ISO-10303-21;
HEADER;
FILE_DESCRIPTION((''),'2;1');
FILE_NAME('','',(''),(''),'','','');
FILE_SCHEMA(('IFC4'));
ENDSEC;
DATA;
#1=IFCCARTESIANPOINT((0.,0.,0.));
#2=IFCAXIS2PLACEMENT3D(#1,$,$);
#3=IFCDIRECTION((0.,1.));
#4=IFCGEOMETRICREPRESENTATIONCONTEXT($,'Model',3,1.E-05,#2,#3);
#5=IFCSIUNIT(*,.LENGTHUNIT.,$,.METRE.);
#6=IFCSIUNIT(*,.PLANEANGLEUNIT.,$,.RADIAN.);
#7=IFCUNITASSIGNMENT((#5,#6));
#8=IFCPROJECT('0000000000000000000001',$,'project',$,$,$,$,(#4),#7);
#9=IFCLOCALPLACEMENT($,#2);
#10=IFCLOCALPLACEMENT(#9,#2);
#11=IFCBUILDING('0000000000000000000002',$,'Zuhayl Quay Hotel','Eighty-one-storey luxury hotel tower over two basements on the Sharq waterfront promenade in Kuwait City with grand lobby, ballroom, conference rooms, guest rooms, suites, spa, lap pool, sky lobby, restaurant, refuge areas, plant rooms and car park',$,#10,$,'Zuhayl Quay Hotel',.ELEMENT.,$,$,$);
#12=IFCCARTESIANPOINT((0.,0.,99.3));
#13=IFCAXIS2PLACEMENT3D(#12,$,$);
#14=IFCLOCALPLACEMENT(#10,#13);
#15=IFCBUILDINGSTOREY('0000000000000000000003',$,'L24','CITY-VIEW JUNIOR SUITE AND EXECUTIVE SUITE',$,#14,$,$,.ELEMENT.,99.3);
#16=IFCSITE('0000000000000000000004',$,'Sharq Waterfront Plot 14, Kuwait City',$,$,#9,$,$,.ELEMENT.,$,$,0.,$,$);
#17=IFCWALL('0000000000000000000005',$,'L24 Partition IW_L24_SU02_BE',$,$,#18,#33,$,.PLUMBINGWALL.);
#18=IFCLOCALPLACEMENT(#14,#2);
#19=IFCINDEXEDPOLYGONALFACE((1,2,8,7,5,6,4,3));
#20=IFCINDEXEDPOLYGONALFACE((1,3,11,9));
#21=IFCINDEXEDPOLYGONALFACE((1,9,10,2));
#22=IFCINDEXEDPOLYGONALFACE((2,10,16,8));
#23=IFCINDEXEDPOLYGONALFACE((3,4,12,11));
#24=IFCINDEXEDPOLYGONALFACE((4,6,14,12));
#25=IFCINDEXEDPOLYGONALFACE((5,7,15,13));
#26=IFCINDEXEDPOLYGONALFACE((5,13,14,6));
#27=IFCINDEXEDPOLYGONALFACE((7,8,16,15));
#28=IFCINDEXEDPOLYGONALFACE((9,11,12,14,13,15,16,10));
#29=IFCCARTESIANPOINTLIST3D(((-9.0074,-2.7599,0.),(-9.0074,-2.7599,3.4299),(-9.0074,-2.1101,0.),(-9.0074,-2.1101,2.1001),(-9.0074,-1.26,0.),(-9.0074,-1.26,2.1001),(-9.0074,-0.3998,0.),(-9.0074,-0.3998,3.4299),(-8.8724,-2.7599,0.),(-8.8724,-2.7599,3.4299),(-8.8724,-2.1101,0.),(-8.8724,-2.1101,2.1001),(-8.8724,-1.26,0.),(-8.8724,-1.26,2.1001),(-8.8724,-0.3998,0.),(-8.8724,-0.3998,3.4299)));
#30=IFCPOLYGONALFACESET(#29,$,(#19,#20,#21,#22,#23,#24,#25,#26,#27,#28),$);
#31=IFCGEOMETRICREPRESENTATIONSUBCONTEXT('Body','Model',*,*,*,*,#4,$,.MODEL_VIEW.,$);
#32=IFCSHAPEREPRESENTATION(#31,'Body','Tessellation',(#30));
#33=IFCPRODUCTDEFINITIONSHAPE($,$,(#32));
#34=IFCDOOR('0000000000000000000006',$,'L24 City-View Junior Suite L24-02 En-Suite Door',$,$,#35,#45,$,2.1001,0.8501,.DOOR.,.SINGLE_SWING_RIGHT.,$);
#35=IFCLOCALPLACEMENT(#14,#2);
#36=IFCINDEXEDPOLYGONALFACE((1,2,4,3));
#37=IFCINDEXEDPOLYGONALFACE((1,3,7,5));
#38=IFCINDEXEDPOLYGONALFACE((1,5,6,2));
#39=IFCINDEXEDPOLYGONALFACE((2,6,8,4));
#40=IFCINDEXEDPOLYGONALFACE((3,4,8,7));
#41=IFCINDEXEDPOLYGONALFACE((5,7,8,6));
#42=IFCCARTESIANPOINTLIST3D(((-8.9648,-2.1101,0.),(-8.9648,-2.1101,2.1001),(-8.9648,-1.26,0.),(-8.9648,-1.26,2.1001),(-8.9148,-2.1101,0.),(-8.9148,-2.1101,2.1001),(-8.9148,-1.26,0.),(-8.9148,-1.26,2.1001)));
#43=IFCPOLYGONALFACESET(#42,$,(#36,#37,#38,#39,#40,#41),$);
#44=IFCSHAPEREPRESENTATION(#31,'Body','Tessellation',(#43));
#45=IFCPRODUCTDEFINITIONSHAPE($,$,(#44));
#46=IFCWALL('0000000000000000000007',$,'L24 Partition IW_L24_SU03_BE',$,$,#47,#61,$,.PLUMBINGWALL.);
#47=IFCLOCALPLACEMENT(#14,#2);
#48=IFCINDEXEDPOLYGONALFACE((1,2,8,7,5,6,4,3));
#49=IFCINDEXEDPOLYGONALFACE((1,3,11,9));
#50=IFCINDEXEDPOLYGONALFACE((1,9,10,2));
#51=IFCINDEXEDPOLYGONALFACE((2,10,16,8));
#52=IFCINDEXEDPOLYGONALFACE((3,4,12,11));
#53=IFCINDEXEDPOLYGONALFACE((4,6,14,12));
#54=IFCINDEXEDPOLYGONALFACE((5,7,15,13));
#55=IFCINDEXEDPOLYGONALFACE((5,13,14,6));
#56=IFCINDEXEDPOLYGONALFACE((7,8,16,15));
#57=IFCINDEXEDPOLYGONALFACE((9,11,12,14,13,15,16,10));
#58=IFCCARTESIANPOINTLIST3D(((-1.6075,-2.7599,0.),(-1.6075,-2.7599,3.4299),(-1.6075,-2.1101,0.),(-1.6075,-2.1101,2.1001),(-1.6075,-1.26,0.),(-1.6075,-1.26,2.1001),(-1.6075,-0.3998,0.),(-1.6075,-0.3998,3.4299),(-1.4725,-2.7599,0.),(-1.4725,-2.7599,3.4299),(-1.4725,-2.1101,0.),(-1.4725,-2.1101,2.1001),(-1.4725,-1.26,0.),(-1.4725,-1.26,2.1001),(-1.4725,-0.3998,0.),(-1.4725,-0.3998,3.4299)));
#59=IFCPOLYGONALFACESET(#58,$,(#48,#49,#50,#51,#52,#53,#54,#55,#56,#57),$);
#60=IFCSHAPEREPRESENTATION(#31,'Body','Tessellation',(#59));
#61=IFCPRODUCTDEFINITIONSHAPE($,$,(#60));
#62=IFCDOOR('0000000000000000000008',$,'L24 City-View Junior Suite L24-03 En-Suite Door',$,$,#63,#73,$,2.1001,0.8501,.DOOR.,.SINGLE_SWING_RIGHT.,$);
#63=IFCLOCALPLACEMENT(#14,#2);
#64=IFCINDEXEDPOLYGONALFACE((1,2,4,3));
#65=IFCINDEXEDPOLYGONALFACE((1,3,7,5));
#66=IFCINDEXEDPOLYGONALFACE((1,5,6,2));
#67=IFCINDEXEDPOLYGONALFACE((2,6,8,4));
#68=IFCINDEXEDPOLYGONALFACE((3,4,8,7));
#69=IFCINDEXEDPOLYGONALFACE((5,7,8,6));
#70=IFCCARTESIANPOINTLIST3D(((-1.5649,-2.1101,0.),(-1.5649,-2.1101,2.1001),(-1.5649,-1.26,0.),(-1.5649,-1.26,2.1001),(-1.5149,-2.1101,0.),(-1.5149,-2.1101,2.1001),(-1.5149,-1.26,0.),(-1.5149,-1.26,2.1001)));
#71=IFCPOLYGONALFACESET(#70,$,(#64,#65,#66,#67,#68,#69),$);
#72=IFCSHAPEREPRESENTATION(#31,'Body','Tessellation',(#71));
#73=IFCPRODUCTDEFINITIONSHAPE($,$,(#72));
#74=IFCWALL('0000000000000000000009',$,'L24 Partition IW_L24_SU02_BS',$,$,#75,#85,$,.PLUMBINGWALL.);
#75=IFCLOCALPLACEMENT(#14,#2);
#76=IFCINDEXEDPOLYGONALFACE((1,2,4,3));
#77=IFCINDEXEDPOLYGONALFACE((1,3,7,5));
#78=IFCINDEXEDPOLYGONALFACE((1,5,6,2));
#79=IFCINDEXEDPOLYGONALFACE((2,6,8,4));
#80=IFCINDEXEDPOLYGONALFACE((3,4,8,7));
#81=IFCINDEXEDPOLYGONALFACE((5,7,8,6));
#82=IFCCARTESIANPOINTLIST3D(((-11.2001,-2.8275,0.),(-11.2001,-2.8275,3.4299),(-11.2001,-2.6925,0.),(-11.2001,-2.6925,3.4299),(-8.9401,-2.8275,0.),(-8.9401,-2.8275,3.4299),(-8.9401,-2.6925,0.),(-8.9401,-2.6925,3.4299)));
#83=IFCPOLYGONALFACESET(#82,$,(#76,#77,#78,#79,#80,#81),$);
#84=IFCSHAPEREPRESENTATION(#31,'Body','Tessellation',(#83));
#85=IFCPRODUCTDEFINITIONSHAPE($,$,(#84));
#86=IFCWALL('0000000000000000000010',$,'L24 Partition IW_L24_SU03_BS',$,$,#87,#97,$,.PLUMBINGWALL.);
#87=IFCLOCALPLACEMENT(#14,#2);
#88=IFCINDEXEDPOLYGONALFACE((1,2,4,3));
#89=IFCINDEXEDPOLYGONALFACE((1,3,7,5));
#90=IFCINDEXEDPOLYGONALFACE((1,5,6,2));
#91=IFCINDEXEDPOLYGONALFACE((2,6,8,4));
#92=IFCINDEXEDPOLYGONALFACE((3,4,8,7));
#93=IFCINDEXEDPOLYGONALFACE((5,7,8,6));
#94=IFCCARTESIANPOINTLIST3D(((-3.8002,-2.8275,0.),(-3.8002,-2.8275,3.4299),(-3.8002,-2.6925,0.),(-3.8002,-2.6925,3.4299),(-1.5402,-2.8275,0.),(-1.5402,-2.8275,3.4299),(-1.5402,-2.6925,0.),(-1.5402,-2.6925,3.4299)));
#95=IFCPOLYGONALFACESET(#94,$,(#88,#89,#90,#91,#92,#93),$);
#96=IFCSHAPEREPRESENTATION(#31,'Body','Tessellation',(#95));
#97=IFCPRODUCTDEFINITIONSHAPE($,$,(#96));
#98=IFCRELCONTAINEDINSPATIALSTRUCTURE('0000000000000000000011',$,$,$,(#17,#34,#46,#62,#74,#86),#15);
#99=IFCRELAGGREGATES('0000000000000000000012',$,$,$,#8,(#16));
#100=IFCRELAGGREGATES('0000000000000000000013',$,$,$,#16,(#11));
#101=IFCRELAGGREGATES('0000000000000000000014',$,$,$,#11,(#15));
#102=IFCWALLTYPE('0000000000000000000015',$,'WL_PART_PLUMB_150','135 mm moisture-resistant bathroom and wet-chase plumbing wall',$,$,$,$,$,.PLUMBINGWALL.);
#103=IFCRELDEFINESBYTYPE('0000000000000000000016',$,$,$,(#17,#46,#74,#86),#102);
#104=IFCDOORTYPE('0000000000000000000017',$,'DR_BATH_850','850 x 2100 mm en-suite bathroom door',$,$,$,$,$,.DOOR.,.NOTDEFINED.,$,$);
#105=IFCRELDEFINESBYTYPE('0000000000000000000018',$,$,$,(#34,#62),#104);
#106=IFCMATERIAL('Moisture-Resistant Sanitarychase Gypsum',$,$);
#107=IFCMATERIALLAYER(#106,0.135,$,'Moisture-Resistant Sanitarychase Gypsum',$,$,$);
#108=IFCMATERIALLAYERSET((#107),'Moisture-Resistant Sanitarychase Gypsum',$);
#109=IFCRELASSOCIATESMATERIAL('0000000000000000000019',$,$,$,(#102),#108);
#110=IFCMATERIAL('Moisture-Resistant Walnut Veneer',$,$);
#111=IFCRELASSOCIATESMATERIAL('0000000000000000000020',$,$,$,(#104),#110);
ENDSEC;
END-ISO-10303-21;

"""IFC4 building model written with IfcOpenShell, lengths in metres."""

from ifc_helpers import new_model, si_unit, direction, frame, frame_2d, origin, place, context, subcontext, project, spatial, rectangle, extrude, material, layer, layer_set, type_object, element, fill, save


model = new_model("IFC4")

# Units and contexts
model_context = context("Model", 3, precision=1e-05, world=origin(), true_north=direction((0.0, 1.0)))
body_context = subcontext(model_context, "Body", "Model", "MODEL_VIEW")
ifc_project = project(units=[si_unit("LENGTHUNIT", "METRE"), si_unit("PLANEANGLEUNIT", "RADIAN")], contexts=[model_context])

# Site, building, storey
site_placement = place(None, origin())
site = spatial("IfcSite", under=ifc_project, at=site_placement, Name="Sharq Waterfront Plot 14, Kuwait City", CompositionType="ELEMENT", RefElevation=0.0)
building_placement = place(site_placement, origin())
building = spatial("IfcBuilding", under=site, at=building_placement, Name="Zuhayl Quay Hotel", Description="Eighty-one-storey luxury hotel tower over two basements on the Sharq waterfront promenade in Kuwait City with grand lobby, ballroom, conference rooms, guest rooms, suites, spa, lap pool, sky lobby, restaurant, refuge areas, plant rooms and car park", LongName="Zuhayl Quay Hotel", CompositionType="ELEMENT")
storey_placement = place(building_placement, frame((0.0, 0.0, 99.3)))
storey = spatial("IfcBuildingStorey", under=building, at=storey_placement, Name="L24", Description="CITY-VIEW JUNIOR SUITE AND EXECUTIVE SUITE", CompositionType="ELEMENT", Elevation=99.3)

# Walls, openings, doors
ifc_material_1 = material(Name="Moisture-Resistant Sanitarychase Gypsum")
ifc_layer_1 = layer(ifc_material_1, 0.135, Name="Moisture-Resistant Sanitarychase Gypsum")
ifc_layer_set_1 = layer_set([ifc_layer_1], Name="Moisture-Resistant Sanitarychase Gypsum")
wall_type_1 = type_object("IfcWallType", Name="WL_PART_PLUMB_150", Description="135 mm moisture-resistant bathroom and wet-chase plumbing wall", PredefinedType="PLUMBINGWALL", material=ifc_layer_set_1)
wall_1_placement = place(storey_placement, frame((-8.9399, -2.76, 0.0), z_axis=(0.0, 0.0, 1.0), x_axis=(0.0, 1.0, 0.0)))
wall_1 = element("IfcWall", 1, at=wall_1_placement, inside=storey, type_object=wall_type_1, Name="L24 Partition IW_L24_SU02_BE", PredefinedType="PLUMBINGWALL", context=body_context, shape_type="SweptSolid", body=[
    extrude(rectangle(XDim=2.3601, YDim=0.135, at=frame_2d((1.1802, 0.0))), origin(), (0.0, 0.0, 1.0), 3.4299),
])
opening_1_placement = place(wall_1_placement, frame((0.6499, 0.0, 0.0)))
opening_1 = element("IfcOpeningElement", 2, at=opening_1_placement, cuts=wall_1, PredefinedType="OPENING", context=body_context, shape_type="SweptSolid", body=[
    extrude(rectangle(XDim=0.8501, YDim=2.1001, at=frame_2d((0.425, 1.05))), frame((0.0, 0.0774, 0.0), z_axis=(0.0, -1.0, 0.0), x_axis=(1.0, 0.0, 0.0)), (0.0, 0.0, 1.0), 0.155),
])
ifc_material_2 = material(Name="Moisture-Resistant Walnut Veneer")
door_type = type_object("IfcDoorType", Name="DR_BATH_850", Description="850 x 2100 mm en-suite bathroom door", OperationType="NOTDEFINED", PredefinedType="DOOR", material=ifc_material_2)
door_1_placement = place(opening_1_placement, origin())
door_1 = element("IfcDoor", 3, at=door_1_placement, inside=storey, type_object=door_type, Name="L24 City-View Junior Suite L24-02 En-Suite Door", OperationType="SINGLE_SWING_RIGHT", OverallHeight=2.1001, OverallWidth=0.8501, PredefinedType="DOOR", context=body_context, shape_type="SweptSolid", body=[
    extrude(rectangle(XDim=0.8501, YDim=2.1001, at=frame_2d((0.425, 1.05))), frame((0.0, 0.0249, 0.0), z_axis=(0.0, -1.0, 0.0), x_axis=(1.0, 0.0, 0.0)), (0.0, 0.0, 1.0), 0.05),
])
fill(opening_1, door_1)
wall_2_placement = place(storey_placement, frame((-1.54, -2.76, 0.0), z_axis=(0.0, 0.0, 1.0), x_axis=(0.0, 1.0, 0.0)))
wall_2 = element("IfcWall", 4, at=wall_2_placement, inside=storey, type_object=wall_type_1, Name="L24 Partition IW_L24_SU03_BE", PredefinedType="PLUMBINGWALL", context=body_context, shape_type="SweptSolid", body=[
    extrude(rectangle(XDim=2.3601, YDim=0.135, at=frame_2d((1.1802, 0.0))), origin(), (0.0, 0.0, 1.0), 3.4299),
])
opening_2_placement = place(wall_2_placement, frame((0.6499, 0.0, 0.0)))
opening_2 = element("IfcOpeningElement", 5, at=opening_2_placement, cuts=wall_2, PredefinedType="OPENING", context=body_context, shape_type="SweptSolid", body=[
    extrude(rectangle(XDim=0.8501, YDim=2.1001, at=frame_2d((0.425, 1.05))), frame((0.0, 0.0774, 0.0), z_axis=(0.0, -1.0, 0.0), x_axis=(1.0, 0.0, 0.0)), (0.0, 0.0, 1.0), 0.155),
])
door_2_placement = place(opening_2_placement, origin())
door_2 = element("IfcDoor", 6, at=door_2_placement, inside=storey, type_object=door_type, Name="L24 City-View Junior Suite L24-03 En-Suite Door", OperationType="SINGLE_SWING_RIGHT", OverallHeight=2.1001, OverallWidth=0.8501, PredefinedType="DOOR", context=body_context, shape_type="SweptSolid", body=[
    extrude(rectangle(XDim=0.8501, YDim=2.1001, at=frame_2d((0.425, 1.05))), frame((0.0, 0.0249, 0.0), z_axis=(0.0, -1.0, 0.0), x_axis=(1.0, 0.0, 0.0)), (0.0, 0.0, 1.0), 0.05),
])
fill(opening_2, door_2)

# Walls
for number, where, z_axis, x_axis, name in (
    (7, (-11.2, -2.76, 0.0), (0.0, 0.0, 1.0), (1.0, 0.0, 0.0), "L24 Partition IW_L24_SU02_BS"),
    (8, (-3.8, -2.76, 0.0), (0.0, 0.0, 1.0), (1.0, 0.0, 0.0), "L24 Partition IW_L24_SU03_BS"),
):
    element("IfcWall", number, at=place(storey_placement, frame(where, z_axis=z_axis, x_axis=x_axis)), inside=storey, type_object=wall_type_1, Name=name, PredefinedType="PLUMBINGWALL", context=body_context, shape_type="SweptSolid", body=[
        extrude(rectangle(XDim=2.26, YDim=0.135, at=frame_2d((1.1299, 0.0))), origin(), (0.0, 0.0, 1.0), 3.4299),
    ])

save(model, "model.ifc")
